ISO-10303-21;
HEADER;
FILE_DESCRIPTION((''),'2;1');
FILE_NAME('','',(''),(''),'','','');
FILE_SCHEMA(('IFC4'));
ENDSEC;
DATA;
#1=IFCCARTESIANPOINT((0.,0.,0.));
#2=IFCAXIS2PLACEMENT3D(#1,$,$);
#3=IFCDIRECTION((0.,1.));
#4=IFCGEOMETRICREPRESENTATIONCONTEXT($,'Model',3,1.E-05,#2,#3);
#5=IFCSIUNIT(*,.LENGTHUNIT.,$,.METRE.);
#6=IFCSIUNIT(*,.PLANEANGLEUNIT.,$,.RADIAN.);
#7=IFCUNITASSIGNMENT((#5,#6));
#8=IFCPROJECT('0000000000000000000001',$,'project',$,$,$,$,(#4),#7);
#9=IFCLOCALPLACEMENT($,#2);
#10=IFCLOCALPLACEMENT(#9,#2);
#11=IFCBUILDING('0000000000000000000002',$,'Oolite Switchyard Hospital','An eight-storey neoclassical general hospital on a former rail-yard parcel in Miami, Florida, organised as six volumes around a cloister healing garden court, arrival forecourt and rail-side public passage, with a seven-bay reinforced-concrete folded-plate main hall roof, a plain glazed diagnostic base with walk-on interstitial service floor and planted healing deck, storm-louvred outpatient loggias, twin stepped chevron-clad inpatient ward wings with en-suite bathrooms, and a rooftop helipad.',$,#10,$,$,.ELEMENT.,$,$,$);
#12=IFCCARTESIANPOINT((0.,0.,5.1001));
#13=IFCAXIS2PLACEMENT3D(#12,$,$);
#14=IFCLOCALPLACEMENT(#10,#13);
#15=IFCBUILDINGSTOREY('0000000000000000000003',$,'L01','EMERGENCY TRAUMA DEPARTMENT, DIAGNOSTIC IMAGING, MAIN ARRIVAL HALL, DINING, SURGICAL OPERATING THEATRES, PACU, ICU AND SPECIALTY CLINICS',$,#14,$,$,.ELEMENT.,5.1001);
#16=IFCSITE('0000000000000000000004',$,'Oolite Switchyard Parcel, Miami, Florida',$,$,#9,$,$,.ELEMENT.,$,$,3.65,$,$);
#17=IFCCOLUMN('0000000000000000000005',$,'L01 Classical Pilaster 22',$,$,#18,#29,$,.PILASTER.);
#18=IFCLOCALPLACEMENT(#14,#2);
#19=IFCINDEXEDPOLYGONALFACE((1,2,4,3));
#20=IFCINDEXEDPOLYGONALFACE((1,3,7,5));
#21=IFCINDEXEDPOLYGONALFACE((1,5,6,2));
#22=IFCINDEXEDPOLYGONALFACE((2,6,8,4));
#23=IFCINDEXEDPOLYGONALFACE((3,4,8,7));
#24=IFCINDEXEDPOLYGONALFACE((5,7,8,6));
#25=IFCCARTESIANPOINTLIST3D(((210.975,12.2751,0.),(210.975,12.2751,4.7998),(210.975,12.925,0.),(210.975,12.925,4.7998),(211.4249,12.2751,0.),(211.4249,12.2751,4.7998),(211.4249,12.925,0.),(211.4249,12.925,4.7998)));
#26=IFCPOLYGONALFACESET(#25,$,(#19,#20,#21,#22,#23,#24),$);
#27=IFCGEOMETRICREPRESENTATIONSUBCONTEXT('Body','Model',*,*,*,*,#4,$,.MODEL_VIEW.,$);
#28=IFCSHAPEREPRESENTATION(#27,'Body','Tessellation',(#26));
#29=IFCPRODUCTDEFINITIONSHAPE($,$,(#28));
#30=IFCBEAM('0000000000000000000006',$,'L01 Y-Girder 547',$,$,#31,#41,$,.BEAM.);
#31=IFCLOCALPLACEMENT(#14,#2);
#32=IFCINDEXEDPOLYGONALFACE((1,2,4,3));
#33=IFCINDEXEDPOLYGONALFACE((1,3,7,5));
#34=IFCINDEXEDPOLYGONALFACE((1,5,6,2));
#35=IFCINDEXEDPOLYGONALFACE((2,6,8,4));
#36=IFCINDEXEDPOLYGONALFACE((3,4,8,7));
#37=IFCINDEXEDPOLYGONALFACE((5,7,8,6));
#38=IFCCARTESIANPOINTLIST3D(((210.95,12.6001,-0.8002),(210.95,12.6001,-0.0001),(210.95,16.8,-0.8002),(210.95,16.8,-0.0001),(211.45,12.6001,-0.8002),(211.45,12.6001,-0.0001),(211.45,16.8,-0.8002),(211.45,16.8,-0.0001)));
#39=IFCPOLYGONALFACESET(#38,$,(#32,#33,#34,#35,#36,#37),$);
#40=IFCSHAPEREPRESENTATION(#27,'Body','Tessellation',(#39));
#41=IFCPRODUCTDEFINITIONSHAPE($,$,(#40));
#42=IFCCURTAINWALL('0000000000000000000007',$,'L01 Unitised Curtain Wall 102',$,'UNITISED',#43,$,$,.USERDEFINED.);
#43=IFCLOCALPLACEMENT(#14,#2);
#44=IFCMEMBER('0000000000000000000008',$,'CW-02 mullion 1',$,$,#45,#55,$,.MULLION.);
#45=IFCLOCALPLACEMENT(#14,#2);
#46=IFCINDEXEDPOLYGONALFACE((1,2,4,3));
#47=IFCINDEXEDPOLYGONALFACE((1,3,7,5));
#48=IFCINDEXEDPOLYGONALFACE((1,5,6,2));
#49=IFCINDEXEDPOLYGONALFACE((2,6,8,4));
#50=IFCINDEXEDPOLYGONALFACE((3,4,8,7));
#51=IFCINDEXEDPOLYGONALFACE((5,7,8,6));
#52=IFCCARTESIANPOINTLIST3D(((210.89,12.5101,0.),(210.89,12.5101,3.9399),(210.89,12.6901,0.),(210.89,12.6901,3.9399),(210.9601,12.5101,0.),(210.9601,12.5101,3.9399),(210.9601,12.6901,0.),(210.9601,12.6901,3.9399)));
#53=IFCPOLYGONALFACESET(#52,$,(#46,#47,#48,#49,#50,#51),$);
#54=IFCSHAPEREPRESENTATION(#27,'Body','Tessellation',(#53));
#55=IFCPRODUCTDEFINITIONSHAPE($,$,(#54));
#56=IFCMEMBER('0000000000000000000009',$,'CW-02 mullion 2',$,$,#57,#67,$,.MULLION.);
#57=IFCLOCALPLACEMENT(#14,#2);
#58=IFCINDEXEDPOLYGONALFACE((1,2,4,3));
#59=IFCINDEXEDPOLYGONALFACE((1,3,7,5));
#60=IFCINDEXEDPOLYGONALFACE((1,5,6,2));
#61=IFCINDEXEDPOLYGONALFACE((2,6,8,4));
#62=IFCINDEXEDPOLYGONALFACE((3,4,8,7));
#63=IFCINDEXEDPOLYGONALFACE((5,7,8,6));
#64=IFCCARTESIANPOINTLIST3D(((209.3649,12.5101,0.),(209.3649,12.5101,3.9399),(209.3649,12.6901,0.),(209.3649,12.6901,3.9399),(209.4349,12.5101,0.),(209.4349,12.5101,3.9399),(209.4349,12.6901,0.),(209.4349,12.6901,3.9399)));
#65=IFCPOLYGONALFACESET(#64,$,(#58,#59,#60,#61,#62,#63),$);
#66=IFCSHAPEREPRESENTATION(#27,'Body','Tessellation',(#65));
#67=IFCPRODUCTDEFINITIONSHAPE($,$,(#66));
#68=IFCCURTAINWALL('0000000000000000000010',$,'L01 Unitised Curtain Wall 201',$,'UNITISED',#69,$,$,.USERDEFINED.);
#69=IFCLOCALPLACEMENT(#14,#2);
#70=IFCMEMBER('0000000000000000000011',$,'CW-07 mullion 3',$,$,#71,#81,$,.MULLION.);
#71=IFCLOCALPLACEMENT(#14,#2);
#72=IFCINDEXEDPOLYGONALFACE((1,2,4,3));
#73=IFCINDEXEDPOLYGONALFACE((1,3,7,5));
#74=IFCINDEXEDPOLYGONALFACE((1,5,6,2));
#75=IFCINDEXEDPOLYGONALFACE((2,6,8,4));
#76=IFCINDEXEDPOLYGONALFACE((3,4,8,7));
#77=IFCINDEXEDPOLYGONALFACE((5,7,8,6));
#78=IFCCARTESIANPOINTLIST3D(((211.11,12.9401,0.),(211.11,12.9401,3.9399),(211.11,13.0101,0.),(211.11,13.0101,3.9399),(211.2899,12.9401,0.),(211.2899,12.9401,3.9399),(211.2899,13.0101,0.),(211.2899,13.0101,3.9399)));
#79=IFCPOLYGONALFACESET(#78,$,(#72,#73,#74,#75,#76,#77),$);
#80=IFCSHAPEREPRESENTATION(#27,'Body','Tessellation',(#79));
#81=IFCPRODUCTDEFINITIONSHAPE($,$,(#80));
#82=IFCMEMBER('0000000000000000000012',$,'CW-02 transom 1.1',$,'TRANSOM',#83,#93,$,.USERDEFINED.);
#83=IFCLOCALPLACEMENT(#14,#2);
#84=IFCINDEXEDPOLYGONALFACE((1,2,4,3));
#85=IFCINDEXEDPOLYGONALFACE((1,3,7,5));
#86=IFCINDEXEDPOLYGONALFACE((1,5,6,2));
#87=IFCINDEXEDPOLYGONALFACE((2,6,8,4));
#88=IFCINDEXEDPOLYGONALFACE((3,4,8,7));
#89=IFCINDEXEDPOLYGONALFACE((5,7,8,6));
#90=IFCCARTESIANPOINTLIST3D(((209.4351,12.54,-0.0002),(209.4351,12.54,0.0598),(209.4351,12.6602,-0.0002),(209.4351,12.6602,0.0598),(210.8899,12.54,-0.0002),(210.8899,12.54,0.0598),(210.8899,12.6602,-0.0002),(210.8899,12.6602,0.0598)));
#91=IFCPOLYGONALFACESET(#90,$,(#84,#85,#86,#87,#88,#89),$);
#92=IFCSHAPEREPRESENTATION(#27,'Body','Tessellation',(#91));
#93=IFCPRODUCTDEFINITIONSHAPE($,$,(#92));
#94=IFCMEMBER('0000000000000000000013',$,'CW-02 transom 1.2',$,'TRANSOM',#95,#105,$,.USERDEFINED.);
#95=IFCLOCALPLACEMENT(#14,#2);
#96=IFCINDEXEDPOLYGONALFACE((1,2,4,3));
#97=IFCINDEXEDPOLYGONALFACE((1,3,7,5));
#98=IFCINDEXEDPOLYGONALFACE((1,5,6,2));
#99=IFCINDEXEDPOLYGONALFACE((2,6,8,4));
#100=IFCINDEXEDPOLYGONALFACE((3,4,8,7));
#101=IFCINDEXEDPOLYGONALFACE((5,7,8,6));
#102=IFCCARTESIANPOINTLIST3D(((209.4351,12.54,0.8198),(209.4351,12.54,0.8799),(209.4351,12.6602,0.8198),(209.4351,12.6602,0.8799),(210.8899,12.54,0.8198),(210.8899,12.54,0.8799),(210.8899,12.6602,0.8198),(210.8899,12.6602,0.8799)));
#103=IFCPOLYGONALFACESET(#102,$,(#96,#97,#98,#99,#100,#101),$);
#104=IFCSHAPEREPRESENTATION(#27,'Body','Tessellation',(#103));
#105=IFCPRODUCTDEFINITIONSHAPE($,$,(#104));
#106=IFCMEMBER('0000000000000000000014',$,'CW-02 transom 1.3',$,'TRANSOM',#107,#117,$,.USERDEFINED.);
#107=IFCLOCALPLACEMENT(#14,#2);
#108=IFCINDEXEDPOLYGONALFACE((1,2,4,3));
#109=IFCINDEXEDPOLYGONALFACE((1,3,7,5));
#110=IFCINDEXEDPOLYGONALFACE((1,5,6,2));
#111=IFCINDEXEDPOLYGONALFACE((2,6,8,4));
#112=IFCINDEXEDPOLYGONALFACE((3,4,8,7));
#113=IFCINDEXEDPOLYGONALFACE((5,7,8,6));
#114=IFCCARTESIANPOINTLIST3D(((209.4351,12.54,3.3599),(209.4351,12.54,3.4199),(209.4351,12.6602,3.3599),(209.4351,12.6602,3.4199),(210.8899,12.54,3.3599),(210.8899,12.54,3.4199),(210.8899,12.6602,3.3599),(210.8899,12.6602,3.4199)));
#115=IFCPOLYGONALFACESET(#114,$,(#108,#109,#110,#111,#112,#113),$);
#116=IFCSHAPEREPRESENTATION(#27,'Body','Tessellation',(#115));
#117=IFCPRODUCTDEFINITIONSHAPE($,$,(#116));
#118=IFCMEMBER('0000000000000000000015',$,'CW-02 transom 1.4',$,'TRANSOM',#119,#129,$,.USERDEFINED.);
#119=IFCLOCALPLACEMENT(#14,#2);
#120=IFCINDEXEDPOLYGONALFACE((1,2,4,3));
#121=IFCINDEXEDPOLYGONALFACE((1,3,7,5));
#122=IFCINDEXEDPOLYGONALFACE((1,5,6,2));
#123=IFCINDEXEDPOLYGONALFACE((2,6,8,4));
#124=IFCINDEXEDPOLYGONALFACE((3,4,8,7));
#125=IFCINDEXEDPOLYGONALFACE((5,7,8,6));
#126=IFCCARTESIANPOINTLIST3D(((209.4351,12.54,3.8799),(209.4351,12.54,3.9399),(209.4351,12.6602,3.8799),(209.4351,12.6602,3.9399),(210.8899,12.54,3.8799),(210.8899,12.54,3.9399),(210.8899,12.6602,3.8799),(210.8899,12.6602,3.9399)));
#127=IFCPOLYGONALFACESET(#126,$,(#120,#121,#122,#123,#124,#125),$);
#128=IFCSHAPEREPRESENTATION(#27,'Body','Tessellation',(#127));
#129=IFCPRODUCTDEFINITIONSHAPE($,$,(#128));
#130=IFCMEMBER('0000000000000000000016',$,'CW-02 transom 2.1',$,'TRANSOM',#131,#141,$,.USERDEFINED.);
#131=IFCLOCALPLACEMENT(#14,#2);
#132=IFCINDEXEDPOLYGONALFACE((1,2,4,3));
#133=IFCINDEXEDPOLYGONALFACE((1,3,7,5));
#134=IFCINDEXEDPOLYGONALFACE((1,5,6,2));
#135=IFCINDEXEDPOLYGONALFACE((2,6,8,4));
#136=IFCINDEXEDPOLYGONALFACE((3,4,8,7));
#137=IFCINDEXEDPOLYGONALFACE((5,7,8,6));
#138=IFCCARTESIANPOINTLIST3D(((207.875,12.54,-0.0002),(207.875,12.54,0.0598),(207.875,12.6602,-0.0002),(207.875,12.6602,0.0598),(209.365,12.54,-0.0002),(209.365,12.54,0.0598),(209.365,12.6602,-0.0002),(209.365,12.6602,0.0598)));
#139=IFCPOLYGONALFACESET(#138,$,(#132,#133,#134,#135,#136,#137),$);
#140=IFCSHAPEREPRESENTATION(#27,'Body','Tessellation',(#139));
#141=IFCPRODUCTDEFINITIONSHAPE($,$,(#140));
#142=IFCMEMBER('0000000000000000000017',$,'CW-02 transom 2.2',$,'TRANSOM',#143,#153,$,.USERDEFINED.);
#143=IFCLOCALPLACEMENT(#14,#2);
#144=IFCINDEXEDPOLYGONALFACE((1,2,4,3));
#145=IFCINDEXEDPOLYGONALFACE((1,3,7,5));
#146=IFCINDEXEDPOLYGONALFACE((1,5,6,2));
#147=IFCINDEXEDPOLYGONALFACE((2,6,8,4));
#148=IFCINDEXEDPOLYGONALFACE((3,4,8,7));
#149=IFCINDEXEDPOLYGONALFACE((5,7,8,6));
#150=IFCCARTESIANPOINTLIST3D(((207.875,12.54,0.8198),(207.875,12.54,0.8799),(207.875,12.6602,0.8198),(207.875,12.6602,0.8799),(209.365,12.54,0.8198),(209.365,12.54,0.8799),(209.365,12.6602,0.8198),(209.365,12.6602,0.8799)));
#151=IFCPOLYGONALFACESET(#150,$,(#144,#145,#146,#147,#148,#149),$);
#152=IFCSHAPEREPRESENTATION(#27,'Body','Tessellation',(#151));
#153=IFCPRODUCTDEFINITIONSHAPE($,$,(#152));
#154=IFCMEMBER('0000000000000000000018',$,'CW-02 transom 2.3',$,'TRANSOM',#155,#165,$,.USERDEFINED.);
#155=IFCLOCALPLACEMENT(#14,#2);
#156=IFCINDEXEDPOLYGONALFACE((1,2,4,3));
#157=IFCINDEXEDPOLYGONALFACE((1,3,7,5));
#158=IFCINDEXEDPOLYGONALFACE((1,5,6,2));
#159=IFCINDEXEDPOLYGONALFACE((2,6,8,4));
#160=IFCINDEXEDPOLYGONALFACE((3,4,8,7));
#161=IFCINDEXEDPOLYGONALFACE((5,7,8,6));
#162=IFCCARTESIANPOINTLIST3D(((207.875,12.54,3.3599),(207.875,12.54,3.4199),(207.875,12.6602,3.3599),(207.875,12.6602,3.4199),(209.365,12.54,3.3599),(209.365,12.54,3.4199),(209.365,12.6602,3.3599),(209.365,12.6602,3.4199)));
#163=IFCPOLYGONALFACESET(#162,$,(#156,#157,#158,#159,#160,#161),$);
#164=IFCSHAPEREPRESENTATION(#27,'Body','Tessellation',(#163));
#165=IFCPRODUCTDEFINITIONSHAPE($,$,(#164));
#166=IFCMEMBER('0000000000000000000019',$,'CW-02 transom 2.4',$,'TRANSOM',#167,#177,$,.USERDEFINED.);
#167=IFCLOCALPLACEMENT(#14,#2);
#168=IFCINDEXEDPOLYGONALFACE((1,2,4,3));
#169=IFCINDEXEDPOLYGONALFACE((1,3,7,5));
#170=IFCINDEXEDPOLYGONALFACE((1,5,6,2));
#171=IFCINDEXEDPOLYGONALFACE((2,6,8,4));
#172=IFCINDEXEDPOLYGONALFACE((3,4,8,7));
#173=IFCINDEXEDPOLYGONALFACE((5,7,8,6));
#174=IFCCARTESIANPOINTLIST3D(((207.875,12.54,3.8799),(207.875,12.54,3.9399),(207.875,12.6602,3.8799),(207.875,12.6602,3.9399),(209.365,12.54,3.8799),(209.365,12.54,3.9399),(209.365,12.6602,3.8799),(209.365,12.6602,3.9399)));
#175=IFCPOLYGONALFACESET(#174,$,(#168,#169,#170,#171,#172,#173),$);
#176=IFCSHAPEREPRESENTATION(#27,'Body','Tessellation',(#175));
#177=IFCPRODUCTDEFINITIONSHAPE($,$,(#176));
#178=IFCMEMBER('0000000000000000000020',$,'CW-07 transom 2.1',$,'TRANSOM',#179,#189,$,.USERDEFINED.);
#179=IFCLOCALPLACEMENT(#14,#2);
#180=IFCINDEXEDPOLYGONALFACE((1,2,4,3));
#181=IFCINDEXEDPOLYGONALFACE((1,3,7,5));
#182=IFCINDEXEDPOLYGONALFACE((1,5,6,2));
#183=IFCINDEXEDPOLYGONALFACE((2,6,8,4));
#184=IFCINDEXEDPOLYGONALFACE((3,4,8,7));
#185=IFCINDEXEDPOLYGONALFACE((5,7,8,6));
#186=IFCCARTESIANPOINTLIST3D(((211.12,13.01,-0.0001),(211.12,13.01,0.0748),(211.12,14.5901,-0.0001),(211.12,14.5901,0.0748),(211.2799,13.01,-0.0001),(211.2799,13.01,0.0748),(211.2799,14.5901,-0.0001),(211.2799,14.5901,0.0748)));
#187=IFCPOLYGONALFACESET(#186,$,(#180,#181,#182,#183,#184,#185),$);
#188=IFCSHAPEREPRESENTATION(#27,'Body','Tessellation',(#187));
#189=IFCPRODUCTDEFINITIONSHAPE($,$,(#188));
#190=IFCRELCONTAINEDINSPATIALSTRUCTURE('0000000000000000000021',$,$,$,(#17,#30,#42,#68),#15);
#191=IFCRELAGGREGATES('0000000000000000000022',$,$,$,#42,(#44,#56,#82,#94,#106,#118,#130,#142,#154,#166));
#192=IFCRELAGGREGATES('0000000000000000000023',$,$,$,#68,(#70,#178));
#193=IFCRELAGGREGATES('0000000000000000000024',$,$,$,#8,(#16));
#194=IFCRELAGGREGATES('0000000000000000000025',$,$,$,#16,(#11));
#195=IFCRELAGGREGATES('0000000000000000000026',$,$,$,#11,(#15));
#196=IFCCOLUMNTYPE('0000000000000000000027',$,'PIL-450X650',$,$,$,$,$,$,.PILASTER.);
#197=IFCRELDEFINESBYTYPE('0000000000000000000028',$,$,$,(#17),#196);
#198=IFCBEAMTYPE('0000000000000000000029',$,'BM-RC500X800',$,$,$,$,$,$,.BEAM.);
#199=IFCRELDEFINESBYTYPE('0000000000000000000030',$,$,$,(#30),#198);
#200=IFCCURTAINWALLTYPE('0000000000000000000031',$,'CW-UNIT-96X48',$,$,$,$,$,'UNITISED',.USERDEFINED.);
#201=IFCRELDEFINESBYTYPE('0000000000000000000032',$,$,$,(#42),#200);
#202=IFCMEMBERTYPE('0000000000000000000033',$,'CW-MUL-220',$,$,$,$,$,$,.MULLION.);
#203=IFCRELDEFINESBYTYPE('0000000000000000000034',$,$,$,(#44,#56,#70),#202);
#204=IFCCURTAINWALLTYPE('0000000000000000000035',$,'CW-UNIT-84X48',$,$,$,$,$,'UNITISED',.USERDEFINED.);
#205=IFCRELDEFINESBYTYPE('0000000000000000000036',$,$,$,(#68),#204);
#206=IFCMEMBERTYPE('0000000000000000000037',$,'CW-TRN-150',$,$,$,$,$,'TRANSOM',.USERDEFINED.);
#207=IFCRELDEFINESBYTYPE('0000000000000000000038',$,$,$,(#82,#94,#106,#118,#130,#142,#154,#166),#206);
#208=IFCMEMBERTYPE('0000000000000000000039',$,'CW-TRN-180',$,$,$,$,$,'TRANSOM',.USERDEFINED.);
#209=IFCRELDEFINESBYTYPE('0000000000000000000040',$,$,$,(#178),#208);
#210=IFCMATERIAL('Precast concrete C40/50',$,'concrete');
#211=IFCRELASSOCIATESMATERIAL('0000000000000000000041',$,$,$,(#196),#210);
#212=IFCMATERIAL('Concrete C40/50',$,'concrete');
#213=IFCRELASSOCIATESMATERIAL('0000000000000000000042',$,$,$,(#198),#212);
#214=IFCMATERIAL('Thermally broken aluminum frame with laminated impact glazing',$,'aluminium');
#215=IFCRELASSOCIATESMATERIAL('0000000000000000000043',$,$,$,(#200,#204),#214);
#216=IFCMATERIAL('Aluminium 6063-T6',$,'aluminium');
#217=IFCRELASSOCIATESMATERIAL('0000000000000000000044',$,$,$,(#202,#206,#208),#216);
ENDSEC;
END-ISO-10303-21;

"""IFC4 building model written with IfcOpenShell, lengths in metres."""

from ifc_helpers import new_model, si_unit, direction, frame, origin, origin_2d, place, context, subcontext, project, spatial, rectangle, extrude, material, material_profile, profile_set, type_object, element, aggregate, save


model = new_model("IFC4")

# Units and contexts
model_context = context("Model", 3, precision=1e-05, world=origin(), true_north=direction((0.0, 1.0)))
body_context = subcontext(model_context, "Body", "Model", "MODEL_VIEW")
ifc_project = project(units=[si_unit("LENGTHUNIT", "METRE"), si_unit("PLANEANGLEUNIT", "RADIAN")], contexts=[model_context])

# Site, building, storey
site_placement = place(None, origin())
site = spatial("IfcSite", under=ifc_project, at=site_placement, Name="Oolite Switchyard Parcel, Miami, Florida", CompositionType="ELEMENT", RefElevation=3.65)
building_placement = place(site_placement, origin())
building = spatial("IfcBuilding", under=site, at=building_placement, Name="Oolite Switchyard Hospital", Description="An eight-storey neoclassical general hospital on a former rail-yard parcel in Miami, Florida, organised as six volumes around a cloister healing garden court, arrival forecourt and rail-side public passage, with a seven-bay reinforced-concrete folded-plate main hall roof, a plain glazed diagnostic base with walk-on interstitial service floor and planted healing deck, storm-louvred outpatient loggias, twin stepped chevron-clad inpatient ward wings with en-suite bathrooms, and a rooftop helipad.", CompositionType="ELEMENT")
storey_placement = place(building_placement, frame((0.0, 0.0, 5.1001)))
storey = spatial("IfcBuildingStorey", under=building, at=storey_placement, Name="L01", Description="EMERGENCY TRAUMA DEPARTMENT, DIAGNOSTIC IMAGING, MAIN ARRIVAL HALL, DINING, SURGICAL OPERATING THEATRES, PACU, ICU AND SPECIALTY CLINICS", CompositionType="ELEMENT", Elevation=5.1001)

# Column
ifc_material_1 = material(Name="Precast concrete C40/50", Category="concrete")
ifc_material_profile_1 = material_profile(ifc_material_1, rectangle(XDim=0.45, YDim=0.6499, at=origin_2d()), Name="PIL450X650")
ifc_profile_set_1 = profile_set([ifc_material_profile_1], Name="Precast concrete C40/50")
column_type = type_object("IfcColumnType", Name="PIL-450X650", PredefinedType="PILASTER", material=ifc_profile_set_1)
column_placement = place(storey_placement, frame((211.2, 12.6001, 0.0), z_axis=(0.0, 0.0, 1.0), x_axis=(1.0, 0.0, 0.0)))
element("IfcColumn", 1, at=column_placement, inside=storey, type_object=column_type, Name="L01 Classical Pilaster 22", PredefinedType="PILASTER", context=body_context, shape_type="SweptSolid", body=[
    extrude(rectangle(XDim=0.45, YDim=0.6499, at=origin_2d()), origin(), (0.0, 0.0, 1.0), 4.7998),
])

# Beam
ifc_material_2 = material(Name="Concrete C40/50", Category="concrete")
ifc_material_profile_2 = material_profile(ifc_material_2, rectangle(XDim=0.5, YDim=0.8, at=origin_2d()), Name="RCB500X800")
ifc_profile_set_2 = profile_set([ifc_material_profile_2], Name="Concrete C40/50")
beam_type = type_object("IfcBeamType", Name="BM-RC500X800", PredefinedType="BEAM", material=ifc_profile_set_2)
beam_placement = place(storey_placement, frame((211.2, 12.6001, -0.4001), z_axis=(0.0, 1.0, 0.0), x_axis=(-1.0, 0.0, 0.0)))
element("IfcBeam", 2, at=beam_placement, inside=storey, type_object=beam_type, Name="L01 Y-Girder 547", PredefinedType="BEAM", context=body_context, shape_type="SweptSolid", body=[
    extrude(rectangle(XDim=0.5, YDim=0.8, at=origin_2d()), origin(), (0.0, 0.0, 1.0), 4.2),
])

# Curtain wall, members
ifc_material_3 = material(Name="Thermally broken aluminum frame with laminated impact glazing", Category="aluminium")
curtain_wall_type_1 = type_object("IfcCurtainWallType", Name="CW-UNIT-96X48", ElementType="UNITISED", PredefinedType="USERDEFINED", material=ifc_material_3)
curtain_wall_1_placement = place(storey_placement, origin())
curtain_wall_1 = element("IfcCurtainWall", 3, at=curtain_wall_1_placement, inside=storey, type_object=curtain_wall_type_1, Name="L01 Unitised Curtain Wall 102", ObjectType="UNITISED", PredefinedType="USERDEFINED")
ifc_material_4 = material(Name="Aluminium 6063-T6", Category="aluminium")
ifc_material_profile_3 = material_profile(ifc_material_4, rectangle(XDim=0.1799, YDim=0.0701, at=origin_2d()), Name="CWM70X180")
ifc_profile_set_3 = profile_set([ifc_material_profile_3], Name="Aluminium 6063-T6")
member_type_1 = type_object("IfcMemberType", Name="CW-MUL-220", PredefinedType="MULLION", material=ifc_profile_set_3)
member_1_placement = place(storey_placement, frame((210.925, 12.6001, 0.0), z_axis=(0.0, 0.0, 1.0), x_axis=(0.0, -1.0, 0.0)))
member_1 = element("IfcMember", 4, at=member_1_placement, type_object=member_type_1, Name="CW-02 mullion 1", PredefinedType="MULLION", context=body_context, shape_type="SweptSolid", body=[
    extrude(rectangle(XDim=0.1799, YDim=0.0701, at=origin_2d()), origin(), (0.0, 0.0, 1.0), 3.9399),
])
member_2_placement = place(storey_placement, frame((209.3999, 12.6001, 0.0), z_axis=(0.0, 0.0, 1.0), x_axis=(0.0, -1.0, 0.0)))
member_2 = element("IfcMember", 5, at=member_2_placement, type_object=member_type_1, Name="CW-02 mullion 2", PredefinedType="MULLION", context=body_context, shape_type="SweptSolid", body=[
    extrude(rectangle(XDim=0.1799, YDim=0.0701, at=origin_2d()), origin(), (0.0, 0.0, 1.0), 3.9399),
])

# Curtain wall, member
curtain_wall_type_2 = type_object("IfcCurtainWallType", Name="CW-UNIT-84X48", ElementType="UNITISED", PredefinedType="USERDEFINED", material=ifc_material_3)
curtain_wall_2_placement = place(storey_placement, origin())
curtain_wall_2 = element("IfcCurtainWall", 6, at=curtain_wall_2_placement, inside=storey, type_object=curtain_wall_type_2, Name="L01 Unitised Curtain Wall 201", ObjectType="UNITISED", PredefinedType="USERDEFINED")
member_3_placement = place(storey_placement, frame((211.2, 12.9751, 0.0), z_axis=(0.0, 0.0, 1.0), x_axis=(1.0, 0.0, 0.0)))
member_3 = element("IfcMember", 7, at=member_3_placement, type_object=member_type_1, Name="CW-07 mullion 3", PredefinedType="MULLION", context=body_context, shape_type="SweptSolid", body=[
    extrude(rectangle(XDim=0.1799, YDim=0.0701, at=origin_2d()), origin(), (0.0, 0.0, 1.0), 3.9399),
])

# Members
ifc_material_profile_4 = material_profile(ifc_material_4, rectangle(XDim=0.1201, YDim=0.0601, at=origin_2d()), Name="CWT60X120")
ifc_profile_set_4 = profile_set([ifc_material_profile_4], Name="Aluminium 6063-T6")
member_type_2 = type_object("IfcMemberType", Name="CW-TRN-150", ElementType="TRANSOM", PredefinedType="USERDEFINED", material=ifc_profile_set_4)
member_4_placement = place(storey_placement, frame((210.8899, 12.6001, 0.0298), z_axis=(-1.0, 0.0, 0.0), x_axis=(0.0, -1.0, 0.0)))
member_4 = element("IfcMember", 8, at=member_4_placement, type_object=member_type_2, Name="CW-02 transom 1.1", ObjectType="TRANSOM", PredefinedType="USERDEFINED", context=body_context, shape_type="SweptSolid", body=[
    extrude(rectangle(XDim=0.1201, YDim=0.0601, at=origin_2d()), origin(), (0.0, 0.0, 1.0), 1.4548),
])
member_5_placement = place(storey_placement, frame((210.8899, 12.6001, 0.8499), z_axis=(-1.0, 0.0, 0.0), x_axis=(0.0, -1.0, 0.0)))
member_5 = element("IfcMember", 9, at=member_5_placement, type_object=member_type_2, Name="CW-02 transom 1.2", ObjectType="TRANSOM", PredefinedType="USERDEFINED", context=body_context, shape_type="SweptSolid", body=[
    extrude(rectangle(XDim=0.1201, YDim=0.0601, at=origin_2d()), origin(), (0.0, 0.0, 1.0), 1.4548),
])
member_6_placement = place(storey_placement, frame((210.8899, 12.6001, 3.3899), z_axis=(-1.0, 0.0, 0.0), x_axis=(0.0, -1.0, 0.0)))
member_6 = element("IfcMember", 10, at=member_6_placement, type_object=member_type_2, Name="CW-02 transom 1.3", ObjectType="TRANSOM", PredefinedType="USERDEFINED", context=body_context, shape_type="SweptSolid", body=[
    extrude(rectangle(XDim=0.1201, YDim=0.0601, at=origin_2d()), origin(), (0.0, 0.0, 1.0), 1.4548),
])
member_7_placement = place(storey_placement, frame((210.8899, 12.6001, 3.9099), z_axis=(-1.0, 0.0, 0.0), x_axis=(0.0, -1.0, 0.0)))
member_7 = element("IfcMember", 11, at=member_7_placement, type_object=member_type_2, Name="CW-02 transom 1.4", ObjectType="TRANSOM", PredefinedType="USERDEFINED", context=body_context, shape_type="SweptSolid", body=[
    extrude(rectangle(XDim=0.1201, YDim=0.0601, at=origin_2d()), origin(), (0.0, 0.0, 1.0), 1.4548),
])
member_8_placement = place(storey_placement, frame((209.365, 12.6001, 0.0298), z_axis=(-1.0, 0.0, 0.0), x_axis=(0.0, -1.0, 0.0)))
member_8 = element("IfcMember", 12, at=member_8_placement, type_object=member_type_2, Name="CW-02 transom 2.1", ObjectType="TRANSOM", PredefinedType="USERDEFINED", context=body_context, shape_type="SweptSolid", body=[
    extrude(rectangle(XDim=0.1201, YDim=0.0601, at=origin_2d()), origin(), (0.0, 0.0, 1.0), 1.49),
])
member_9_placement = place(storey_placement, frame((209.365, 12.6001, 0.8499), z_axis=(-1.0, 0.0, 0.0), x_axis=(0.0, -1.0, 0.0)))
member_9 = element("IfcMember", 13, at=member_9_placement, type_object=member_type_2, Name="CW-02 transom 2.2", ObjectType="TRANSOM", PredefinedType="USERDEFINED", context=body_context, shape_type="SweptSolid", body=[
    extrude(rectangle(XDim=0.1201, YDim=0.0601, at=origin_2d()), origin(), (0.0, 0.0, 1.0), 1.49),
])
member_10_placement = place(storey_placement, frame((209.365, 12.6001, 3.3899), z_axis=(-1.0, 0.0, 0.0), x_axis=(0.0, -1.0, 0.0)))
member_10 = element("IfcMember", 14, at=member_10_placement, type_object=member_type_2, Name="CW-02 transom 2.3", ObjectType="TRANSOM", PredefinedType="USERDEFINED", context=body_context, shape_type="SweptSolid", body=[
    extrude(rectangle(XDim=0.1201, YDim=0.0601, at=origin_2d()), origin(), (0.0, 0.0, 1.0), 1.49),
])
member_11_placement = place(storey_placement, frame((209.365, 12.6001, 3.9099), z_axis=(-1.0, 0.0, 0.0), x_axis=(0.0, -1.0, 0.0)))
member_11 = element("IfcMember", 15, at=member_11_placement, type_object=member_type_2, Name="CW-02 transom 2.4", ObjectType="TRANSOM", PredefinedType="USERDEFINED", context=body_context, shape_type="SweptSolid", body=[
    extrude(rectangle(XDim=0.1201, YDim=0.0601, at=origin_2d()), origin(), (0.0, 0.0, 1.0), 1.49),
])
ifc_material_profile_5 = material_profile(ifc_material_4, rectangle(XDim=0.1599, YDim=0.075, at=origin_2d()), Name="CWT75X160")
ifc_profile_set_5 = profile_set([ifc_material_profile_5], Name="Aluminium 6063-T6")
member_type_3 = type_object("IfcMemberType", Name="CW-TRN-180", ElementType="TRANSOM", PredefinedType="USERDEFINED", material=ifc_profile_set_5)
member_12_placement = place(storey_placement, frame((211.2, 14.5901, 0.0374), z_axis=(0.0, -1.0, 0.0), x_axis=(1.0, 0.0, 0.0)))
member_12 = element("IfcMember", 16, at=member_12_placement, type_object=member_type_3, Name="CW-07 transom 2.1", ObjectType="TRANSOM", PredefinedType="USERDEFINED", context=body_context, shape_type="SweptSolid", body=[
    extrude(rectangle(XDim=0.1599, YDim=0.075, at=origin_2d()), origin(), (0.0, 0.0, 1.0), 1.5801),
])

aggregate(curtain_wall_1, [member_1, member_2, member_4, member_5, member_6, member_7, member_8, member_9, member_10, member_11])
aggregate(curtain_wall_2, [member_3, member_12])

save(model, "model.ifc")
